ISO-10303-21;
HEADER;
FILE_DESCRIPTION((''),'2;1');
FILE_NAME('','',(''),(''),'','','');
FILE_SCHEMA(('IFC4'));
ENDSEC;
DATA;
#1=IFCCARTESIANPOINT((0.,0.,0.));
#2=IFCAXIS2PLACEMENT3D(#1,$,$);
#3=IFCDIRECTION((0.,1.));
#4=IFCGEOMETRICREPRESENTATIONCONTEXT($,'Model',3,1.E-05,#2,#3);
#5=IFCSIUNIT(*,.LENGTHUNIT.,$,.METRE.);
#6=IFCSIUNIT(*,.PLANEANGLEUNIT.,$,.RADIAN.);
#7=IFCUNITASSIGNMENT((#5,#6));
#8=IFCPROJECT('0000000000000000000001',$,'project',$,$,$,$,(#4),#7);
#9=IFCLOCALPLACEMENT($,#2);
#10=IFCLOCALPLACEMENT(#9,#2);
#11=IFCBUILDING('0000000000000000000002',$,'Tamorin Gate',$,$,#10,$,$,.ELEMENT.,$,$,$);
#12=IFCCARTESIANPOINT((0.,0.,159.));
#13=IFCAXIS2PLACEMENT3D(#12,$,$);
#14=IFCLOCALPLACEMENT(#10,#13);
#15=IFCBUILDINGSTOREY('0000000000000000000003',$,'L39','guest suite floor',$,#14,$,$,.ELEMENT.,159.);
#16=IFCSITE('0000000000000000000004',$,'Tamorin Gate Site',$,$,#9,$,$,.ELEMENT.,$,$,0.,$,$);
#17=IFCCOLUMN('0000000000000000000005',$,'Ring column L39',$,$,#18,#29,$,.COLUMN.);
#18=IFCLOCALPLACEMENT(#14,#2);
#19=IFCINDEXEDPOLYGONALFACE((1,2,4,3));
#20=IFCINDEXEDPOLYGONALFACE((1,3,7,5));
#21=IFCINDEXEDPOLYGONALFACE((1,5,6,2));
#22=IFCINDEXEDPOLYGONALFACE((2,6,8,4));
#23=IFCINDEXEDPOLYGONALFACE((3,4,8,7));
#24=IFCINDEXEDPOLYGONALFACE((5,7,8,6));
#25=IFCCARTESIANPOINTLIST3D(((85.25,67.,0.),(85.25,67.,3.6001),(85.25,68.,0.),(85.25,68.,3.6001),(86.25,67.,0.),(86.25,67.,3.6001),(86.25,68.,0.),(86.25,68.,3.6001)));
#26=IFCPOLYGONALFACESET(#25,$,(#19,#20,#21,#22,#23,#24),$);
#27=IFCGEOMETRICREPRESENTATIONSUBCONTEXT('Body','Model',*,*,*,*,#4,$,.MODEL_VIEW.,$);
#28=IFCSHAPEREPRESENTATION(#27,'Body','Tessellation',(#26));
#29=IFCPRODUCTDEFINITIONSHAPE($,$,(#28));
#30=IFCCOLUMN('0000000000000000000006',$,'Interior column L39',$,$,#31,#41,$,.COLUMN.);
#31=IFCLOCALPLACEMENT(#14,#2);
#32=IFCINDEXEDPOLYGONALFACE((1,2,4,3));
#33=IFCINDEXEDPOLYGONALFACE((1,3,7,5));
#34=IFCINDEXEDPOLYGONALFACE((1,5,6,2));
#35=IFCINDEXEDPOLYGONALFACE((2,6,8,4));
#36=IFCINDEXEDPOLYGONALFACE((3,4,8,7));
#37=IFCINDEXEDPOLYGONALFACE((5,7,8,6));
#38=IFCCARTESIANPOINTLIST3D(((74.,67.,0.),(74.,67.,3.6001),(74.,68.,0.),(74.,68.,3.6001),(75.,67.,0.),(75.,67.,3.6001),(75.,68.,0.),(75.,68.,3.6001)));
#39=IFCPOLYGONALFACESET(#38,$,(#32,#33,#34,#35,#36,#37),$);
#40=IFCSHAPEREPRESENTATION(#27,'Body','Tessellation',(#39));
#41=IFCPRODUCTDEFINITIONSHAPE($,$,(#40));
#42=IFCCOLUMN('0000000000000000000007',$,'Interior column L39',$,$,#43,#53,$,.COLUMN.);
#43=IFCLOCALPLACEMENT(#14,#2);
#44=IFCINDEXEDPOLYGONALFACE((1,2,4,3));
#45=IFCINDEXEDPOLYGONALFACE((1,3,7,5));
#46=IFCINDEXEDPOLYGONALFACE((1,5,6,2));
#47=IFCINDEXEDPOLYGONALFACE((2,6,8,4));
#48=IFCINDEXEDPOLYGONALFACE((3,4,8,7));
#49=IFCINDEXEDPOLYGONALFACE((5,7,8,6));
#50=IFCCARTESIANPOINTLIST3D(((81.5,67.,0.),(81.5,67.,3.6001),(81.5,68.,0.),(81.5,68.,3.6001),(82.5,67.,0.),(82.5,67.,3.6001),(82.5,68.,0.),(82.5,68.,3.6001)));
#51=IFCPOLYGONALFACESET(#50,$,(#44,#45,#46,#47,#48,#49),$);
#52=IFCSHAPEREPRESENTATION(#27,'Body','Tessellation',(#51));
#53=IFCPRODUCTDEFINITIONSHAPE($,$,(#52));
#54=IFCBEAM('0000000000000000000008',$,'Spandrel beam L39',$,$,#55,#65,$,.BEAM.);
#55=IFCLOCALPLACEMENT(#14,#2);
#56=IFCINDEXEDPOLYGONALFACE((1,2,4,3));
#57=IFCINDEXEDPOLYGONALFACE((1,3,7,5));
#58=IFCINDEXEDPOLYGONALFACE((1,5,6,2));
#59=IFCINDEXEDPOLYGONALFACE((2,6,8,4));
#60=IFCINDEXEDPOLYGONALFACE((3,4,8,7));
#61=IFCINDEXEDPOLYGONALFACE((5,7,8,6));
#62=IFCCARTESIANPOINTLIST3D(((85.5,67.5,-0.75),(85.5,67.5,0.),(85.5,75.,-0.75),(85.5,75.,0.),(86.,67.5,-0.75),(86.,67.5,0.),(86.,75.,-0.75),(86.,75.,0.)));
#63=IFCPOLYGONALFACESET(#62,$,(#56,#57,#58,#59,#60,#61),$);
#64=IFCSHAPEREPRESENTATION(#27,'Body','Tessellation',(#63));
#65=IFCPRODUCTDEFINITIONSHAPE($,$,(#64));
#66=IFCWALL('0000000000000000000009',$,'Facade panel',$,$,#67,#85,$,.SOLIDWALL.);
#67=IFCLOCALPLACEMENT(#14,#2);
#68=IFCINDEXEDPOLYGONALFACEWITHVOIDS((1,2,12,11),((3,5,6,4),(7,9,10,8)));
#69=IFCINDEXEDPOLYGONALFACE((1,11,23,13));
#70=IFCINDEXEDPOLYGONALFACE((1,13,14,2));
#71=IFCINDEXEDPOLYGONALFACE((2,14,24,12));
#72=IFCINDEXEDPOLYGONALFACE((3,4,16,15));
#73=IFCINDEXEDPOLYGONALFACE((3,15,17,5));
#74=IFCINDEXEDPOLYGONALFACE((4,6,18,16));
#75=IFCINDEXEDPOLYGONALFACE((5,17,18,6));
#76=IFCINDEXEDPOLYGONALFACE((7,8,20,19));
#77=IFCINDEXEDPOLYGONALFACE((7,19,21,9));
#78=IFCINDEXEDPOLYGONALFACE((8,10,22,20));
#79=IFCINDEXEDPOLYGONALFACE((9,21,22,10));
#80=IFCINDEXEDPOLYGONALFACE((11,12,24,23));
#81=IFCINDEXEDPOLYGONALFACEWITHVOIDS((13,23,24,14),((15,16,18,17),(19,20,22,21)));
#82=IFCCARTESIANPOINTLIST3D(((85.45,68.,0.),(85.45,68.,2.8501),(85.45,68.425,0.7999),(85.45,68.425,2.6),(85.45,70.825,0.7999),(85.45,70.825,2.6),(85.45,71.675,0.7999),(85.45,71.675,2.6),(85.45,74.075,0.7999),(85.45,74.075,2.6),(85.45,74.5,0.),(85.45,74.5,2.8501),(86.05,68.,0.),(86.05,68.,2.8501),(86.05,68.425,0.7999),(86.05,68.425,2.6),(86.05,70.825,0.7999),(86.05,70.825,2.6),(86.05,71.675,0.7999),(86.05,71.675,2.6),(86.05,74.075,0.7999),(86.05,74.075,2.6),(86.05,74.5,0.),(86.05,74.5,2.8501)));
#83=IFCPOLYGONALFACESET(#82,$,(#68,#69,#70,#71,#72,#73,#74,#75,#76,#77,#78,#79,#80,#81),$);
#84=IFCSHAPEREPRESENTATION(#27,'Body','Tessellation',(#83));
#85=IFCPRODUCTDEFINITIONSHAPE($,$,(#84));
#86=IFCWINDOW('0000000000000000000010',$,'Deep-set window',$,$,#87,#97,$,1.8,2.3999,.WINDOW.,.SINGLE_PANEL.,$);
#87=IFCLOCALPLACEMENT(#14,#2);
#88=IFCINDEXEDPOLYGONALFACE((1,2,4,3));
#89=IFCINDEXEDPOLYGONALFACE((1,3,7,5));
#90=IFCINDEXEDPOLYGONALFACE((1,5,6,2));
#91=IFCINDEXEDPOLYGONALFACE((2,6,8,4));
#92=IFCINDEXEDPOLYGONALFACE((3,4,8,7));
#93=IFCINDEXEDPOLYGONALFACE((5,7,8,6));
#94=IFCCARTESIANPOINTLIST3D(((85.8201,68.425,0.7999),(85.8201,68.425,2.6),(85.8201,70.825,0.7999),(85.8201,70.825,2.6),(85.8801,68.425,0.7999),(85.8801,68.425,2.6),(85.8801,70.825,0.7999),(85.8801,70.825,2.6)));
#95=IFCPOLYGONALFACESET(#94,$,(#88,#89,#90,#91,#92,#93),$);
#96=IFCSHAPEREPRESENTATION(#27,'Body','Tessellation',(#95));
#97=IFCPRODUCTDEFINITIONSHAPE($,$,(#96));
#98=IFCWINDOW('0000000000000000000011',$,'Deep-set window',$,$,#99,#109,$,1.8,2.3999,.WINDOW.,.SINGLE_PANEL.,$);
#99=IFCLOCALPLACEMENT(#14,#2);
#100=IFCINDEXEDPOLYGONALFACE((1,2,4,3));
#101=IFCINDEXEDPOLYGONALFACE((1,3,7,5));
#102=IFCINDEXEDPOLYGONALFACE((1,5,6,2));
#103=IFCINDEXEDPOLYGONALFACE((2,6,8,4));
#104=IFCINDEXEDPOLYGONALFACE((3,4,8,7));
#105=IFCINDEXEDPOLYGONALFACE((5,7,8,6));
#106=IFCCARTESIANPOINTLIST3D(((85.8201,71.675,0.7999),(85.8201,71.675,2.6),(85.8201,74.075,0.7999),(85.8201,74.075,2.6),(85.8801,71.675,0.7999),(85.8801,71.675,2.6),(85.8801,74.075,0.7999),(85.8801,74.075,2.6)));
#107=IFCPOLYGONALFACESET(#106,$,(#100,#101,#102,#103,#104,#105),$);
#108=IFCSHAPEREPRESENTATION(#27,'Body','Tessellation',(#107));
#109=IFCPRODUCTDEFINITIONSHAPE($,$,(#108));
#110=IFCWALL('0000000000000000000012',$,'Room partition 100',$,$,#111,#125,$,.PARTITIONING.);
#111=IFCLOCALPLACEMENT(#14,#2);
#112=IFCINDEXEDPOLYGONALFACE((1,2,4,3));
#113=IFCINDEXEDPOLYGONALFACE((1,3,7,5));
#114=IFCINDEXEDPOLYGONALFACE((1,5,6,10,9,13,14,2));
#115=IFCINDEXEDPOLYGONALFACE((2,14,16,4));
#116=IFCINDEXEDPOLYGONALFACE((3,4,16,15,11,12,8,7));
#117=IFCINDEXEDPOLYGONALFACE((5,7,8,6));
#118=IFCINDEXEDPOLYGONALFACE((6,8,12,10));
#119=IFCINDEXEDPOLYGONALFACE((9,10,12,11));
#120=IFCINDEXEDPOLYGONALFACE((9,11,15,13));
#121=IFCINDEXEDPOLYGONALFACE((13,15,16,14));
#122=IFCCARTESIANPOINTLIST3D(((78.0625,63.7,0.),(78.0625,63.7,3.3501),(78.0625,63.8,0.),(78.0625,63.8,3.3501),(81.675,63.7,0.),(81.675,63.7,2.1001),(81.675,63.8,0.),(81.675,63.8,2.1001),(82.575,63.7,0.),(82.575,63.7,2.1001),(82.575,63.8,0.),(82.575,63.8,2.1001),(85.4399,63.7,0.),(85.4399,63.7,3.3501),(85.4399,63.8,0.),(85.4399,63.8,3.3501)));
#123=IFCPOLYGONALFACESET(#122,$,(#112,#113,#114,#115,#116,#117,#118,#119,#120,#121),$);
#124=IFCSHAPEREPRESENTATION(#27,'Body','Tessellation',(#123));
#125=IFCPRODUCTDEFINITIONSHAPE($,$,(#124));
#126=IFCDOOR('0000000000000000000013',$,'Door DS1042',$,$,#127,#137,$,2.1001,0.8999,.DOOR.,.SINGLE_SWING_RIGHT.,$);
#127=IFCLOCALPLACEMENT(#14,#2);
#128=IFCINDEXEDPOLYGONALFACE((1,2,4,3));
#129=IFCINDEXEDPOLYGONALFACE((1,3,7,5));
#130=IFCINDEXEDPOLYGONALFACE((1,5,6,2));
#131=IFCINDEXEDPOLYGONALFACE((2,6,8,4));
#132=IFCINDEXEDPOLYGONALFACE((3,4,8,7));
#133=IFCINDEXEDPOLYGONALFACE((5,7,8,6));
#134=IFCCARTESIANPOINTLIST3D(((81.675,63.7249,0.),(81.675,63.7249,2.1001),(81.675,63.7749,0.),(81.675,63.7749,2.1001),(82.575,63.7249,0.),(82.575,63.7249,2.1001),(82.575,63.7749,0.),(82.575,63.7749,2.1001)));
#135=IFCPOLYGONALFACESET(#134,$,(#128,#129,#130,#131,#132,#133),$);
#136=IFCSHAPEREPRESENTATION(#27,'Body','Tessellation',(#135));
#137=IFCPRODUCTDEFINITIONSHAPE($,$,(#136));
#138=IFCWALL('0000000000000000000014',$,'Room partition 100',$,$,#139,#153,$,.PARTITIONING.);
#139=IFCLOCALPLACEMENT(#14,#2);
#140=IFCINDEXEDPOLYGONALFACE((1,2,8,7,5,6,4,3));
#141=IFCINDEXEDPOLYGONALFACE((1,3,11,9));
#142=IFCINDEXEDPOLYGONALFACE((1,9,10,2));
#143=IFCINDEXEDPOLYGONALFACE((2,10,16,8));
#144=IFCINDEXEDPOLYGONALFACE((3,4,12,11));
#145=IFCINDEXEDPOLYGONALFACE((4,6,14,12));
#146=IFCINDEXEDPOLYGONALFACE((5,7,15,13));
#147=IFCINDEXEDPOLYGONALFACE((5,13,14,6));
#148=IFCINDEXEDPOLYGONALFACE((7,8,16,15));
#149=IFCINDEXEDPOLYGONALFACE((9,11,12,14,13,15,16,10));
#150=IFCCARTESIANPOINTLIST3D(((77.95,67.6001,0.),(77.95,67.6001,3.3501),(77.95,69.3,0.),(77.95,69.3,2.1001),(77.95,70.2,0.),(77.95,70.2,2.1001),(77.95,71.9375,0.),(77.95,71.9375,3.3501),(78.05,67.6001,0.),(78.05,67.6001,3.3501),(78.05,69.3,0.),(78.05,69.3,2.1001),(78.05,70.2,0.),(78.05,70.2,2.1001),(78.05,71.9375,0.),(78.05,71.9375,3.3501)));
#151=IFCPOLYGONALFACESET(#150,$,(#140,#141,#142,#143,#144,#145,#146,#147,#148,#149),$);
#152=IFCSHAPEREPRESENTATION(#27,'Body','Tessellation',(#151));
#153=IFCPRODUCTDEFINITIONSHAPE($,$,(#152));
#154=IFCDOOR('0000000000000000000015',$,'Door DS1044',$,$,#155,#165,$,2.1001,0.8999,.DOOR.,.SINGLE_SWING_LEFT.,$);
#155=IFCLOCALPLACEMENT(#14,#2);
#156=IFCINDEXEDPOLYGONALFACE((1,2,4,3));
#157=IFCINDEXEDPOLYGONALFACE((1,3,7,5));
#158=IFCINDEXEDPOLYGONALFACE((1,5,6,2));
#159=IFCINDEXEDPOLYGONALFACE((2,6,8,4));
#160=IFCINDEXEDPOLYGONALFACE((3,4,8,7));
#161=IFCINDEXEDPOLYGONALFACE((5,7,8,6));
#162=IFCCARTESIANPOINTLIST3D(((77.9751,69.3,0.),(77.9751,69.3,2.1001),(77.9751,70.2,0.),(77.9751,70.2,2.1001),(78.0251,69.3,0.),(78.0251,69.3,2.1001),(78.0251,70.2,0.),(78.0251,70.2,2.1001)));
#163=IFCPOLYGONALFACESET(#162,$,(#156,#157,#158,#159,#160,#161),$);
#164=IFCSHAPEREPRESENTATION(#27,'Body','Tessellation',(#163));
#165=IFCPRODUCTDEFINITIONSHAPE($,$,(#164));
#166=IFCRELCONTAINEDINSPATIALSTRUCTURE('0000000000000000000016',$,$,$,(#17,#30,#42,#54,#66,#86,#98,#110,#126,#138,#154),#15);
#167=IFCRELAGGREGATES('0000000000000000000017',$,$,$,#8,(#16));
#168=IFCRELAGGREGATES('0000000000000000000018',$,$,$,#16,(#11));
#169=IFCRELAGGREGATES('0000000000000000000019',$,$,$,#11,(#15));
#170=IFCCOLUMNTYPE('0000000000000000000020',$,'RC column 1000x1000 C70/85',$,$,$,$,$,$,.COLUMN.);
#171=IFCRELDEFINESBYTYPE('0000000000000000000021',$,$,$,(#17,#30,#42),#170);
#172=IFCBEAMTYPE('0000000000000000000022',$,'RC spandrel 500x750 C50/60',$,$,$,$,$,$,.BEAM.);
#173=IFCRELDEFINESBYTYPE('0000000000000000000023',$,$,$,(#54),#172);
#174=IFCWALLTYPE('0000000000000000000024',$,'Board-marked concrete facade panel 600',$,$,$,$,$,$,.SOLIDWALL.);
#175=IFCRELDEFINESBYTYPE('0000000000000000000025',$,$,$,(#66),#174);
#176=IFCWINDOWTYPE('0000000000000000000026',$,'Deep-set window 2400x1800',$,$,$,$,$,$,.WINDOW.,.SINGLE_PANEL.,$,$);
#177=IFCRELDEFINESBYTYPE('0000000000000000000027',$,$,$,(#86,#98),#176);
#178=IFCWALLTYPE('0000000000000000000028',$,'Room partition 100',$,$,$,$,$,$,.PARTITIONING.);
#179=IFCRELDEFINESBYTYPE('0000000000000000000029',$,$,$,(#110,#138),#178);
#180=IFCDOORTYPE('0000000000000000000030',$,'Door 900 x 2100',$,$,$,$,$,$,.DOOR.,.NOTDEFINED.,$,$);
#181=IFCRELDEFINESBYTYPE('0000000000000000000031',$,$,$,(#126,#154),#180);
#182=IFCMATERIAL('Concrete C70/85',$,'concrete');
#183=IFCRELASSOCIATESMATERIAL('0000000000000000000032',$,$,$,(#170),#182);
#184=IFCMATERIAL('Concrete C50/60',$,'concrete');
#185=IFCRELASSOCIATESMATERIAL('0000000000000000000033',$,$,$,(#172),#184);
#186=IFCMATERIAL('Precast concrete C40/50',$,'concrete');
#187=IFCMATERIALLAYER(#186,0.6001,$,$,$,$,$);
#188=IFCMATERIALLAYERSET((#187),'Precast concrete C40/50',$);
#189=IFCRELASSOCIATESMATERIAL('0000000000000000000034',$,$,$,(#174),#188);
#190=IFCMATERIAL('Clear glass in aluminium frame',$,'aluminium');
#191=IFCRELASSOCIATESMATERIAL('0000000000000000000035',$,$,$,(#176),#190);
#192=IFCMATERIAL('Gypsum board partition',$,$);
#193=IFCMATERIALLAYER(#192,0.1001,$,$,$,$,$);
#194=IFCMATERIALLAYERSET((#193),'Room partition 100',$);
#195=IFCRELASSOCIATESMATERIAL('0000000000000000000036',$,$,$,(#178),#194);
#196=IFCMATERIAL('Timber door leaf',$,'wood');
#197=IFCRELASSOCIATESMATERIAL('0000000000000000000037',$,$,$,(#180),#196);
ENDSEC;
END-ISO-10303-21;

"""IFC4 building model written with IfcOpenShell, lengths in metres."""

from ifc_helpers import new_model, si_unit, direction, frame, frame_2d, origin, origin_2d, place, context, subcontext, project, spatial, rectangle, extrude, material, layer, layer_set, material_profile, profile_set, type_object, element, fill, save


model = new_model("IFC4")

# Units and contexts
model_context = context("Model", 3, precision=1e-05, world=origin(), true_north=direction((0.0, 1.0)))
body_context = subcontext(model_context, "Body", "Model", "MODEL_VIEW")
ifc_project = project(units=[si_unit("LENGTHUNIT", "METRE"), si_unit("PLANEANGLEUNIT", "RADIAN")], contexts=[model_context])

# Site, building, storey
site_placement = place(None, origin())
site = spatial("IfcSite", under=ifc_project, at=site_placement, Name="Tamorin Gate Site", CompositionType="ELEMENT", RefElevation=0.0)
building_placement = place(site_placement, origin())
building = spatial("IfcBuilding", under=site, at=building_placement, Name="Tamorin Gate", CompositionType="ELEMENT")
storey_placement = place(building_placement, frame((0.0, 0.0, 159.0)))
storey = spatial("IfcBuildingStorey", under=building, at=storey_placement, Name="L39", Description="guest suite floor", CompositionType="ELEMENT", Elevation=159.0)

# Columns
ifc_material_1 = material(Name="Concrete C70/85", Category="concrete")
ifc_material_profile_1 = material_profile(ifc_material_1, rectangle(XDim=1.0, YDim=1.0, at=origin_2d()), Name="RC 1000x1000")
ifc_profile_set_1 = profile_set([ifc_material_profile_1], Name="Concrete C70/85")
column_type = type_object("IfcColumnType", Name="RC column 1000x1000 C70/85", PredefinedType="COLUMN", material=ifc_profile_set_1)
for number, where, z_axis, x_axis, name in (
    (1, (85.75, 67.5, 0.0), (0.0, 0.0, 1.0), (1.0, 0.0, 0.0), "Ring column L39"),
    (2, (74.5, 67.5, 0.0), (0.0, 0.0, 1.0), (1.0, 0.0, 0.0), "Interior column L39"),
    (3, (82.0, 67.5, 0.0), (0.0, 0.0, 1.0), (1.0, 0.0, 0.0), "Interior column L39"),
):
    element("IfcColumn", number, at=place(storey_placement, frame(where, z_axis=z_axis, x_axis=x_axis)), inside=storey, type_object=column_type, Name=name, PredefinedType="COLUMN", context=body_context, shape_type="SweptSolid", body=[
        extrude(rectangle(XDim=1.0, YDim=1.0, at=origin_2d()), origin(), (0.0, 0.0, 1.0), 3.6001),
    ])

# Beam
ifc_material_2 = material(Name="Concrete C50/60", Category="concrete")
ifc_material_profile_2 = material_profile(ifc_material_2, rectangle(XDim=0.5, YDim=0.75, at=origin_2d()), Name="RC 500x750")
ifc_profile_set_2 = profile_set([ifc_material_profile_2], Name="Concrete C50/60")
beam_type = type_object("IfcBeamType", Name="RC spandrel 500x750 C50/60", PredefinedType="BEAM", material=ifc_profile_set_2)
beam_placement = place(storey_placement, frame((85.75, 67.5, -0.375), z_axis=(0.0, 1.0, 0.0), x_axis=(-1.0, 0.0, 0.0)))
element("IfcBeam", 4, at=beam_placement, inside=storey, type_object=beam_type, Name="Spandrel beam L39", PredefinedType="BEAM", context=body_context, shape_type="SweptSolid", body=[
    extrude(rectangle(XDim=0.5, YDim=0.75, at=origin_2d()), origin(), (0.0, 0.0, 1.0), 7.5),
])

# Wall, openings, windows
ifc_material_3 = material(Name="Precast concrete C40/50", Category="concrete")
ifc_layer_1 = layer(ifc_material_3, 0.6001)
ifc_layer_set_1 = layer_set([ifc_layer_1], Name="Precast concrete C40/50")
wall_type_1 = type_object("IfcWallType", Name="Board-marked concrete facade panel 600", PredefinedType="SOLIDWALL", material=ifc_layer_set_1)
wall_1_placement = place(storey_placement, frame((85.75, 68.0, 0.0), z_axis=(0.0, 0.0, 1.0), x_axis=(0.0, 1.0, 0.0)))
wall_1 = element("IfcWall", 5, at=wall_1_placement, inside=storey, type_object=wall_type_1, Name="Facade panel", PredefinedType="SOLIDWALL", context=body_context, shape_type="SweptSolid", body=[
    extrude(rectangle(XDim=6.5, YDim=0.6001, at=frame_2d((3.25, 0.0))), origin(), (0.0, 0.0, 1.0), 2.8501),
])
opening_1_placement = place(wall_1_placement, frame((0.425, 0.0, 0.8)))
opening_1 = element("IfcOpeningElement", 6, at=opening_1_placement, cuts=wall_1, PredefinedType="OPENING", context=body_context, shape_type="SweptSolid", body=[
    extrude(rectangle(XDim=2.3999, YDim=1.8, at=frame_2d((1.2, 0.8999))), frame((0.0, 0.3101, 0.0), z_axis=(0.0, -1.0, 0.0), x_axis=(1.0, 0.0, 0.0)), (0.0, 0.0, 1.0), 0.6201),
])
opening_2_placement = place(wall_1_placement, frame((3.675, 0.0, 0.8)))
opening_2 = element("IfcOpeningElement", 7, at=opening_2_placement, cuts=wall_1, PredefinedType="OPENING", context=body_context, shape_type="SweptSolid", body=[
    extrude(rectangle(XDim=2.3999, YDim=1.8, at=frame_2d((1.2, 0.8999))), frame((0.0, 0.3101, 0.0), z_axis=(0.0, -1.0, 0.0), x_axis=(1.0, 0.0, 0.0)), (0.0, 0.0, 1.0), 0.6201),
])
ifc_material_4 = material(Name="Clear glass in aluminium frame", Category="aluminium")
window_type = type_object("IfcWindowType", Name="Deep-set window 2400x1800", PartitioningType="SINGLE_PANEL", PredefinedType="WINDOW", material=ifc_material_4)
window_1_placement = place(opening_1_placement, origin())
window_1 = element("IfcWindow", 8, at=window_1_placement, inside=storey, type_object=window_type, Name="Deep-set window", OverallHeight=1.8, OverallWidth=2.3999, PartitioningType="SINGLE_PANEL", PredefinedType="WINDOW", context=body_context, shape_type="SweptSolid", body=[
    extrude(rectangle(XDim=2.3999, YDim=1.8, at=frame_2d((1.2, 0.8999))), frame((0.0, -0.0701, 0.0), z_axis=(0.0, -1.0, 0.0), x_axis=(1.0, 0.0, 0.0)), (0.0, 0.0, 1.0), 0.0601),
])
fill(opening_1, window_1)
window_2_placement = place(opening_2_placement, origin())
window_2 = element("IfcWindow", 9, at=window_2_placement, inside=storey, type_object=window_type, Name="Deep-set window", OverallHeight=1.8, OverallWidth=2.3999, PartitioningType="SINGLE_PANEL", PredefinedType="WINDOW", context=body_context, shape_type="SweptSolid", body=[
    extrude(rectangle(XDim=2.3999, YDim=1.8, at=frame_2d((1.2, 0.8999))), frame((0.0, -0.0701, 0.0), z_axis=(0.0, -1.0, 0.0), x_axis=(1.0, 0.0, 0.0)), (0.0, 0.0, 1.0), 0.0601),
])
fill(opening_2, window_2)

# Walls, openings, doors
ifc_material_5 = material(Name="Gypsum board partition")
ifc_layer_2 = layer(ifc_material_5, 0.1001)
ifc_layer_set_2 = layer_set([ifc_layer_2], Name="Room partition 100")
wall_type_2 = type_object("IfcWallType", Name="Room partition 100", PredefinedType="PARTITIONING", material=ifc_layer_set_2)
wall_2_placement = place(storey_placement, frame((78.0625, 63.75, 0.0), z_axis=(0.0, 0.0, 1.0), x_axis=(1.0, 0.0, 0.0)))
wall_2 = element("IfcWall", 10, at=wall_2_placement, inside=storey, type_object=wall_type_2, Name="Room partition 100", PredefinedType="PARTITIONING", context=body_context, shape_type="SweptSolid", body=[
    extrude(rectangle(XDim=7.3774, YDim=0.1001, at=frame_2d((3.6887, 0.0))), origin(), (0.0, 0.0, 1.0), 3.3501),
])
opening_3_placement = place(wall_2_placement, frame((3.6125, 0.0, 0.0)))
opening_3 = element("IfcOpeningElement", 11, at=opening_3_placement, cuts=wall_2, PredefinedType="OPENING", context=body_context, shape_type="SweptSolid", body=[
    extrude(rectangle(XDim=0.8999, YDim=2.1001, at=frame_2d((0.45, 1.05))), frame((0.0, 0.0601, 0.0), z_axis=(0.0, -1.0, 0.0), x_axis=(1.0, 0.0, 0.0)), (0.0, 0.0, 1.0), 0.1201),
])
ifc_material_6 = material(Name="Timber door leaf", Category="wood")
door_type = type_object("IfcDoorType", Name="Door 900 x 2100", OperationType="NOTDEFINED", PredefinedType="DOOR", material=ifc_material_6)
door_1_placement = place(opening_3_placement, origin())
door_1 = element("IfcDoor", 12, at=door_1_placement, inside=storey, type_object=door_type, Name="Door DS1042", OperationType="SINGLE_SWING_RIGHT", OverallHeight=2.1001, OverallWidth=0.8999, PredefinedType="DOOR", context=body_context, shape_type="SweptSolid", body=[
    extrude(rectangle(XDim=0.8999, YDim=2.1001, at=frame_2d((0.45, 1.05))), frame((0.0, 0.0249, 0.0), z_axis=(0.0, -1.0, 0.0), x_axis=(1.0, 0.0, 0.0)), (0.0, 0.0, 1.0), 0.05),
])
fill(opening_3, door_1)
wall_3_placement = place(storey_placement, frame((78.0, 67.6001, 0.0), z_axis=(0.0, 0.0, 1.0), x_axis=(0.0, 1.0, 0.0)))
wall_3 = element("IfcWall", 13, at=wall_3_placement, inside=storey, type_object=wall_type_2, Name="Room partition 100", PredefinedType="PARTITIONING", context=body_context, shape_type="SweptSolid", body=[
    extrude(rectangle(XDim=4.3374, YDim=0.1001, at=frame_2d((2.1687, 0.0))), origin(), (0.0, 0.0, 1.0), 3.3501),
])
opening_4_placement = place(wall_3_placement, frame((1.7, 0.0, 0.0)))
opening_4 = element("IfcOpeningElement", 14, at=opening_4_placement, cuts=wall_3, PredefinedType="OPENING", context=body_context, shape_type="SweptSolid", body=[
    extrude(rectangle(XDim=0.8999, YDim=2.1001, at=frame_2d((0.45, 1.05))), frame((0.0, 0.0601, 0.0), z_axis=(0.0, -1.0, 0.0), x_axis=(1.0, 0.0, 0.0)), (0.0, 0.0, 1.0), 0.1201),
])
door_2_placement = place(opening_4_placement, origin())
door_2 = element("IfcDoor", 15, at=door_2_placement, inside=storey, type_object=door_type, Name="Door DS1044", OperationType="SINGLE_SWING_LEFT", OverallHeight=2.1001, OverallWidth=0.8999, PredefinedType="DOOR", context=body_context, shape_type="SweptSolid", body=[
    extrude(rectangle(XDim=0.8999, YDim=2.1001, at=frame_2d((0.45, 1.05))), frame((0.0, 0.0249, 0.0), z_axis=(0.0, -1.0, 0.0), x_axis=(1.0, 0.0, 0.0)), (0.0, 0.0, 1.0), 0.05),
])
fill(opening_4, door_2)

save(model, "model.ifc")
